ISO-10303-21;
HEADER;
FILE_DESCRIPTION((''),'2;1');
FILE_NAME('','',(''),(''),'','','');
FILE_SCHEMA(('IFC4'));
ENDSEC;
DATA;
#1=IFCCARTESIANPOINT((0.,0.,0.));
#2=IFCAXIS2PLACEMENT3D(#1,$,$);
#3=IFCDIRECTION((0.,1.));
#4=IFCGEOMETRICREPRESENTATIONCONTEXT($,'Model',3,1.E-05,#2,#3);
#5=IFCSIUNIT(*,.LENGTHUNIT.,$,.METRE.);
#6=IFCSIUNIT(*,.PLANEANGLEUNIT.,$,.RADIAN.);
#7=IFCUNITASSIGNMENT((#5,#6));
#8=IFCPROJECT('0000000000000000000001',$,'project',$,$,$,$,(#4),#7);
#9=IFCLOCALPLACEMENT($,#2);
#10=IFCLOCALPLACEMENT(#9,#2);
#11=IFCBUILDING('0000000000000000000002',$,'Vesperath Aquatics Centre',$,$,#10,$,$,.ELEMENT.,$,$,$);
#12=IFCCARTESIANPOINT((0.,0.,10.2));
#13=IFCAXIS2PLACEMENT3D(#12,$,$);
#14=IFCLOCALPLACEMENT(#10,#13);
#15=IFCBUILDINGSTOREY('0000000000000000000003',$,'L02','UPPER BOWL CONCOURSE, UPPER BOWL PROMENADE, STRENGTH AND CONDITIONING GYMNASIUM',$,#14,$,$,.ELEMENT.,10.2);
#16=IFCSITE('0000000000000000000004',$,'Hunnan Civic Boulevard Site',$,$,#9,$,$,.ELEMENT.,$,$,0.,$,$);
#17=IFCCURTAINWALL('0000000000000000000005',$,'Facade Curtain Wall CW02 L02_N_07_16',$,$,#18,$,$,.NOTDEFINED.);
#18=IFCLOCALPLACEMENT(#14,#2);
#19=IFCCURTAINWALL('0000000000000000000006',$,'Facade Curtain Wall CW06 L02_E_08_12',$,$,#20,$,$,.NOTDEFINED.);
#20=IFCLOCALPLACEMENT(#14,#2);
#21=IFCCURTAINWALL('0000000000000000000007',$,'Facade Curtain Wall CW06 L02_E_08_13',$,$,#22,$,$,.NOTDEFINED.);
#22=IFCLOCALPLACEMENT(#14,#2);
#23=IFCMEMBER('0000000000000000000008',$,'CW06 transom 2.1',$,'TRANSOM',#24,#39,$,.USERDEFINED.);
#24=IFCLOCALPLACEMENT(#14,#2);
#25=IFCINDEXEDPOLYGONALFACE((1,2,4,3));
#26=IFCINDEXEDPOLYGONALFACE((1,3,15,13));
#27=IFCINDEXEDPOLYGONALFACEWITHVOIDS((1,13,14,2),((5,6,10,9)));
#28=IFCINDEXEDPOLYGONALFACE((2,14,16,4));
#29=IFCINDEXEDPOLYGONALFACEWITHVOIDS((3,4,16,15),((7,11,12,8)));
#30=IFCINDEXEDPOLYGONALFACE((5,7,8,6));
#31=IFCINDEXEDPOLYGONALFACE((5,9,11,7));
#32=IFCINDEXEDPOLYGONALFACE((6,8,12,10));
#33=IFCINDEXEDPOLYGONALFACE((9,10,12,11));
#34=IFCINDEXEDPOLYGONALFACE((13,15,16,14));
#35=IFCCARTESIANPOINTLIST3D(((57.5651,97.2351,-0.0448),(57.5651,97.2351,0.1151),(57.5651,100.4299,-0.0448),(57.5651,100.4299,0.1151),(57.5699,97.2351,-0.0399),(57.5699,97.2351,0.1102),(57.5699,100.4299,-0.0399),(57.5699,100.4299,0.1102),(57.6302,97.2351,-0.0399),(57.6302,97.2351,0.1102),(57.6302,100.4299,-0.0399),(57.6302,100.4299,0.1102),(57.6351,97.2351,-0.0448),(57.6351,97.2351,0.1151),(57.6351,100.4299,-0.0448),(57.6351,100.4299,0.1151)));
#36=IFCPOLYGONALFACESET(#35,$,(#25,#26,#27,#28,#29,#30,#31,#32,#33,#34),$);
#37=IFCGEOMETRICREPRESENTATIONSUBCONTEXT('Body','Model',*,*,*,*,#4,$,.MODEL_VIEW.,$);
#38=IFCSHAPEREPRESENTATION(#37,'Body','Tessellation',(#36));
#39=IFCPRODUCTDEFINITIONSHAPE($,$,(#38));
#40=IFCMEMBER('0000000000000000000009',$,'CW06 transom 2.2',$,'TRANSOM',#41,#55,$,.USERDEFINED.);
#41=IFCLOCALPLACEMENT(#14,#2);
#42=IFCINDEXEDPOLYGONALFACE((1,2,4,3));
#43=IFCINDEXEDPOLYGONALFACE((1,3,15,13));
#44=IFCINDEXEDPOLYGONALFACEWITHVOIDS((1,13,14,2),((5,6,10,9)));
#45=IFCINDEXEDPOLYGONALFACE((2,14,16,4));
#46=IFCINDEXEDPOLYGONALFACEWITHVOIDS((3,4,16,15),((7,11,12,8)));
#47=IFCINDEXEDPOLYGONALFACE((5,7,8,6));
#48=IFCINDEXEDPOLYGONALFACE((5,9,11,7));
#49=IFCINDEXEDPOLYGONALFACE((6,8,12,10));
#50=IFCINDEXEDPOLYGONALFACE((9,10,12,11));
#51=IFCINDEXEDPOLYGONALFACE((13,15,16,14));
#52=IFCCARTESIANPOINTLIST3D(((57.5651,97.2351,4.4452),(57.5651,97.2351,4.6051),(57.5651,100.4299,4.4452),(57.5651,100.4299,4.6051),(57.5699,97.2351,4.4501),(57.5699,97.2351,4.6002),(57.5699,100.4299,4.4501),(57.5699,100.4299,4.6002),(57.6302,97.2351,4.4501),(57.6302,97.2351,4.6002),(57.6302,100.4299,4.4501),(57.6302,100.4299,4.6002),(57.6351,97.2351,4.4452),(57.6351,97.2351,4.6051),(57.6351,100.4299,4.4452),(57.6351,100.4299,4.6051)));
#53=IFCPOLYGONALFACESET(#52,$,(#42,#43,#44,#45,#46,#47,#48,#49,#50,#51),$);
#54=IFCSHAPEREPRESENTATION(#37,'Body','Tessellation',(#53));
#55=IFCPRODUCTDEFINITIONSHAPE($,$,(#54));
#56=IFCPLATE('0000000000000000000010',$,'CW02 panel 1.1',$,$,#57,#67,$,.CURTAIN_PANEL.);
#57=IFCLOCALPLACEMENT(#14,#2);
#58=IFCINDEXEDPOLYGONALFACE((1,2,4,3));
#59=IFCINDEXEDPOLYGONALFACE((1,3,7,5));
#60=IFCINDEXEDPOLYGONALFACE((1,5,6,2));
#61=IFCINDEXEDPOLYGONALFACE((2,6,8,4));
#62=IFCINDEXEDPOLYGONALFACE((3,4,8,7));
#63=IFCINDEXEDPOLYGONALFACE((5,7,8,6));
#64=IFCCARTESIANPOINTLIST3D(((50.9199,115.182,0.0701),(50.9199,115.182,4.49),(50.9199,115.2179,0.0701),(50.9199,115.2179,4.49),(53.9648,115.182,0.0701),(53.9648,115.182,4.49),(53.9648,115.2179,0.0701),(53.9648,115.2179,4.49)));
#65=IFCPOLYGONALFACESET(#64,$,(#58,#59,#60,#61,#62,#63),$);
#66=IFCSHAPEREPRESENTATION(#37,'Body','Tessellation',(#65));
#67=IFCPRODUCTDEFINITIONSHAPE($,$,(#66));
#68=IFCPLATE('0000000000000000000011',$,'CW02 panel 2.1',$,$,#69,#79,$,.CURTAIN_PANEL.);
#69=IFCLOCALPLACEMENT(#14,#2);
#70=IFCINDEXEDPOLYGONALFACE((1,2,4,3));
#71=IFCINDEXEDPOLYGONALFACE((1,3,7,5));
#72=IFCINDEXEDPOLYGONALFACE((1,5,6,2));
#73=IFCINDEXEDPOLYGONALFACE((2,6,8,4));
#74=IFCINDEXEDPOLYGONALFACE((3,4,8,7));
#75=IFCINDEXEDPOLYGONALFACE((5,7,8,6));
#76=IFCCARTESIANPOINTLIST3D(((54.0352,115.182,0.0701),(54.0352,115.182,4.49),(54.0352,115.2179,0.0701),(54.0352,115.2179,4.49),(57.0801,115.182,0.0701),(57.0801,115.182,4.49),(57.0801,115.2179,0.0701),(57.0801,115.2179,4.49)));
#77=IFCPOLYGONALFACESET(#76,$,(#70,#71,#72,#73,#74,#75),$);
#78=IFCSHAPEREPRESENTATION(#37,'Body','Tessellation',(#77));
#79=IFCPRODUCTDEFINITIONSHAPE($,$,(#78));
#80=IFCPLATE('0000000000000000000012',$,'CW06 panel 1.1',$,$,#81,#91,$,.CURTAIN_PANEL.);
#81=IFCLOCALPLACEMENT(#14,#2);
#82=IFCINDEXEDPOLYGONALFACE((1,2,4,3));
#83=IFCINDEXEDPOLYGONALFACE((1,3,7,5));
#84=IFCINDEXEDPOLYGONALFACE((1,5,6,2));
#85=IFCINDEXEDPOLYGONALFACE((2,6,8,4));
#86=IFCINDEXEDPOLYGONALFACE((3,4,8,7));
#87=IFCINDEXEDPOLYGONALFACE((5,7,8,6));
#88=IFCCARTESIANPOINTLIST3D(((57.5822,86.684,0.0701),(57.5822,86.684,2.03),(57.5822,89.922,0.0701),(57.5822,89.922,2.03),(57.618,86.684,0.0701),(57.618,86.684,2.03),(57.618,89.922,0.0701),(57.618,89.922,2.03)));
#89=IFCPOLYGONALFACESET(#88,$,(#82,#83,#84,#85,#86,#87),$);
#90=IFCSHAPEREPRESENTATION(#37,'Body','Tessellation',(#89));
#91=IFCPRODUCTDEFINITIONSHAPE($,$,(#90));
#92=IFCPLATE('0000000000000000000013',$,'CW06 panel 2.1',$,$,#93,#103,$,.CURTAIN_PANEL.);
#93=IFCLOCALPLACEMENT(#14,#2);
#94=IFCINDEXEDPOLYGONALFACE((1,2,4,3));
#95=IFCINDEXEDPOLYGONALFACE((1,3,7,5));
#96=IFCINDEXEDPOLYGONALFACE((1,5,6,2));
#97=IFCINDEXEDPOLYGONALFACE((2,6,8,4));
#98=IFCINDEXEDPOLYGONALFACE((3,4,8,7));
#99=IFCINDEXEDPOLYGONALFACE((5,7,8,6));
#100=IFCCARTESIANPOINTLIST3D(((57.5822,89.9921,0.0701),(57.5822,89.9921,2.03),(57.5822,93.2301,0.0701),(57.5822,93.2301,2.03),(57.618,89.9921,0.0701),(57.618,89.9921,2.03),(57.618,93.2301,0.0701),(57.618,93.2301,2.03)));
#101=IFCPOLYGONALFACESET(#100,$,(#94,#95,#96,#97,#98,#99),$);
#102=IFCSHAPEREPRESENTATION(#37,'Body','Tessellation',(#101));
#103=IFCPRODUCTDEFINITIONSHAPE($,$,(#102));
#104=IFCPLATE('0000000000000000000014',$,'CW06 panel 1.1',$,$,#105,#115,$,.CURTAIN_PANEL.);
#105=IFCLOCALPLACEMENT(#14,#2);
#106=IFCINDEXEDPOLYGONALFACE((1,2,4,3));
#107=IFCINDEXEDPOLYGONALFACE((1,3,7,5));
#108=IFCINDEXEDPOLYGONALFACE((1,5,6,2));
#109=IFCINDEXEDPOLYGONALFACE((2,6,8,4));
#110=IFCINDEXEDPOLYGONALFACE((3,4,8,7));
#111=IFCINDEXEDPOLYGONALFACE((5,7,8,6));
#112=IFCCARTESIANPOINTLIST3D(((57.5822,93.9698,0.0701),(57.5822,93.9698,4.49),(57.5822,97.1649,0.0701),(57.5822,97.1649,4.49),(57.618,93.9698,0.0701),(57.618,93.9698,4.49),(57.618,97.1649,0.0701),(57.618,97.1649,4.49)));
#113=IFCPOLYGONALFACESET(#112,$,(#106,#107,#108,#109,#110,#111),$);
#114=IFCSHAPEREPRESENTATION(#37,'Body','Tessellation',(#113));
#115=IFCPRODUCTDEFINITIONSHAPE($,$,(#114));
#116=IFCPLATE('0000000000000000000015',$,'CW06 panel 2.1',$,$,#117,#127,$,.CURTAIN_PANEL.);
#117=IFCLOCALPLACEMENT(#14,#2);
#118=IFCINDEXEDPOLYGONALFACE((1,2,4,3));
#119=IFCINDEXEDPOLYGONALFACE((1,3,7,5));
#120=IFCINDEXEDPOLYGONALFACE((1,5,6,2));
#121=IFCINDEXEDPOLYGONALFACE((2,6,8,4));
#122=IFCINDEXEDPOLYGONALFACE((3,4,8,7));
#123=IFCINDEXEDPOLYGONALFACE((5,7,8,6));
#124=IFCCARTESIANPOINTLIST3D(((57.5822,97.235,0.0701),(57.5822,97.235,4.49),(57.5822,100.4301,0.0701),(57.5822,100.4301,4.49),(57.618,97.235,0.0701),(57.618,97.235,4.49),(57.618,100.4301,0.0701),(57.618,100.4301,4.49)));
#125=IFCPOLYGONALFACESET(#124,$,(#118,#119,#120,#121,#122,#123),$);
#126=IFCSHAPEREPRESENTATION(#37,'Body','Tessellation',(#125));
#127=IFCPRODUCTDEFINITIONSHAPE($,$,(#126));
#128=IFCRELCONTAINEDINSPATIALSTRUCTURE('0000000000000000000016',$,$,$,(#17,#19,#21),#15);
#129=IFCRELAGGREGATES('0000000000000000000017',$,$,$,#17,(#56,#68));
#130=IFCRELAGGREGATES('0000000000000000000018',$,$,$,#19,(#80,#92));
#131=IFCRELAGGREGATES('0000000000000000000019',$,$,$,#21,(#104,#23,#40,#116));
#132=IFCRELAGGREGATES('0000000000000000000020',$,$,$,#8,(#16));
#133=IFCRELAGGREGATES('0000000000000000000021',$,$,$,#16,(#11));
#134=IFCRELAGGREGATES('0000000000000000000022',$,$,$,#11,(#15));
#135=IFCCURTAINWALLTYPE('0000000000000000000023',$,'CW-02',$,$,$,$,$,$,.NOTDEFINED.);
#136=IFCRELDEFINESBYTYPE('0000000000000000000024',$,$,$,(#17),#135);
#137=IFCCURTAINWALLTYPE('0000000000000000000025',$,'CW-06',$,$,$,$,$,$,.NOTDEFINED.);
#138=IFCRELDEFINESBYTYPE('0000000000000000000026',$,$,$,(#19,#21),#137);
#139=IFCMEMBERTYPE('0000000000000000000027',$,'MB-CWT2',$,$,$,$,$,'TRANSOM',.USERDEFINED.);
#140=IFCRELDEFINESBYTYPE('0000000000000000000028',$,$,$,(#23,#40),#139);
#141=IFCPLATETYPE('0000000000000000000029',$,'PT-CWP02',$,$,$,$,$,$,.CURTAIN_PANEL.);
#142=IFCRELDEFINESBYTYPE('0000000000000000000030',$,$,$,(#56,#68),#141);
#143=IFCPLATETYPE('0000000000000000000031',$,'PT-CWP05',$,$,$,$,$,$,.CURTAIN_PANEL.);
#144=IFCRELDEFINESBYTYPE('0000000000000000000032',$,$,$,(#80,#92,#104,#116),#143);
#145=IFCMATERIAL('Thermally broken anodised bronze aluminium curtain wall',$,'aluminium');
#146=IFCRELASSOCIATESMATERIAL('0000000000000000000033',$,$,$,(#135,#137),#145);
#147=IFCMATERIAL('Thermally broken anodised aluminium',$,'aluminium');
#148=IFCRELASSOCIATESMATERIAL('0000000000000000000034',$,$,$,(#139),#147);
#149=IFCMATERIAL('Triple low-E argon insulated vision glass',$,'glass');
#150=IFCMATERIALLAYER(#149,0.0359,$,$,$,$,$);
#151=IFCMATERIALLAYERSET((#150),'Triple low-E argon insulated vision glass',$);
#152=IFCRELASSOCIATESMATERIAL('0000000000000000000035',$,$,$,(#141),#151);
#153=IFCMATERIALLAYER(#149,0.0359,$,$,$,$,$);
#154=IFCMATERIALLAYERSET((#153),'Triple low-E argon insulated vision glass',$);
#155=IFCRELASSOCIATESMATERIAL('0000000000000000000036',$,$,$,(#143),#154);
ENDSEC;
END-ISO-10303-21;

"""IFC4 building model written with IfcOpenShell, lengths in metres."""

from ifc_helpers import new_model, si_unit, direction, frame, origin, origin_2d, place, context, subcontext, project, spatial, rectangle, hollow_rectangle, extrude, material, layer, layer_set, material_profile, profile_set, type_object, element, aggregate, save


model = new_model("IFC4")

# Units and contexts
model_context = context("Model", 3, precision=1e-05, world=origin(), true_north=direction((0.0, 1.0)))
body_context = subcontext(model_context, "Body", "Model", "MODEL_VIEW")
ifc_project = project(units=[si_unit("LENGTHUNIT", "METRE"), si_unit("PLANEANGLEUNIT", "RADIAN")], contexts=[model_context])

# Site, building, storey
site_placement = place(None, origin())
site = spatial("IfcSite", under=ifc_project, at=site_placement, Name="Hunnan Civic Boulevard Site", CompositionType="ELEMENT", RefElevation=0.0)
building_placement = place(site_placement, origin())
building = spatial("IfcBuilding", under=site, at=building_placement, Name="Vesperath Aquatics Centre", CompositionType="ELEMENT")
storey_placement = place(building_placement, frame((0.0, 0.0, 10.2)))
storey = spatial("IfcBuildingStorey", under=building, at=storey_placement, Name="L02", Description="UPPER BOWL CONCOURSE, UPPER BOWL PROMENADE, STRENGTH AND CONDITIONING GYMNASIUM", CompositionType="ELEMENT", Elevation=10.2)

# Shared definitions
ifc_material_1 = material(Name="Thermally broken anodised bronze aluminium curtain wall", Category="aluminium")
curtain_wall_type_1 = type_object("IfcCurtainWallType", Name="CW-02", PredefinedType="NOTDEFINED", material=ifc_material_1)
ifc_material_2 = material(Name="Thermally broken anodised aluminium", Category="aluminium")

# Curtain walls
curtain_wall_1_placement = place(storey_placement, origin())
curtain_wall_1 = element("IfcCurtainWall", 1, at=curtain_wall_1_placement, inside=storey, type_object=curtain_wall_type_1, Name="Facade Curtain Wall CW02 L02_N_07_16", PredefinedType="NOTDEFINED")
curtain_wall_type_2 = type_object("IfcCurtainWallType", Name="CW-06", PredefinedType="NOTDEFINED", material=ifc_material_1)
curtain_wall_2_placement = place(storey_placement, origin())
curtain_wall_2 = element("IfcCurtainWall", 2, at=curtain_wall_2_placement, inside=storey, type_object=curtain_wall_type_2, Name="Facade Curtain Wall CW06 L02_E_08_12", PredefinedType="NOTDEFINED")
curtain_wall_3_placement = place(storey_placement, origin())
curtain_wall_3 = element("IfcCurtainWall", 3, at=curtain_wall_3_placement, inside=storey, type_object=curtain_wall_type_2, Name="Facade Curtain Wall CW06 L02_E_08_13", PredefinedType="NOTDEFINED")

# Members
ifc_material_profile_1 = material_profile(ifc_material_2, hollow_rectangle(XDim=0.0701, YDim=0.1599, WallThickness=0.0049, at=origin_2d()), Name="CWT 70x160x5")
ifc_profile_set_1 = profile_set([ifc_material_profile_1], Name="Thermally broken anodised aluminium")
member_type_1 = type_object("IfcMemberType", Name="MB-CWT2", ElementType="TRANSOM", PredefinedType="USERDEFINED", material=ifc_profile_set_1)
member_1_placement = place(storey_placement, frame((57.6001, 97.2351, 0.0352), z_axis=(0.0, 1.0, 0.0), x_axis=(-1.0, 0.0, 0.0)))
member_1 = element("IfcMember", 4, at=member_1_placement, type_object=member_type_1, Name="CW06 transom 2.1", ObjectType="TRANSOM", PredefinedType="USERDEFINED", context=body_context, shape_type="SweptSolid", body=[
    extrude(hollow_rectangle(XDim=0.0701, YDim=0.1599, WallThickness=0.0049, at=origin_2d()), origin(), (0.0, 0.0, 1.0), 3.1948),
])
member_2_placement = place(storey_placement, frame((57.6001, 97.2351, 4.5251), z_axis=(0.0, 1.0, 0.0), x_axis=(-1.0, 0.0, 0.0)))
member_2 = element("IfcMember", 5, at=member_2_placement, type_object=member_type_1, Name="CW06 transom 2.2", ObjectType="TRANSOM", PredefinedType="USERDEFINED", context=body_context, shape_type="SweptSolid", body=[
    extrude(hollow_rectangle(XDim=0.0701, YDim=0.1599, WallThickness=0.0049, at=origin_2d()), origin(), (0.0, 0.0, 1.0), 3.1948),
])

# Plates
ifc_material_3 = material(Name="Triple low-E argon insulated vision glass", Category="glass")
ifc_layer_1 = layer(ifc_material_3, 0.0359)
ifc_layer_set_1 = layer_set([ifc_layer_1], Name="Triple low-E argon insulated vision glass")
plate_type_1 = type_object("IfcPlateType", Name="PT-CWP02", PredefinedType="CURTAIN_PANEL", material=ifc_layer_set_1)
plate_1_placement = place(storey_placement, frame((52.4424, 115.2, 0.0701), z_axis=(0.0, 0.0, 1.0), x_axis=(1.0, 0.0, 0.0)))
plate_1 = element("IfcPlate", 6, at=plate_1_placement, type_object=plate_type_1, Name="CW02 panel 1.1", PredefinedType="CURTAIN_PANEL", context=body_context, shape_type="SweptSolid", body=[
    extrude(rectangle(XDim=3.0449, YDim=0.0359, at=origin_2d()), origin(), (0.0, 0.0, 1.0), 4.4199),
])
plate_2_placement = place(storey_placement, frame((55.5576, 115.2, 0.0701), z_axis=(0.0, 0.0, 1.0), x_axis=(1.0, 0.0, 0.0)))
plate_2 = element("IfcPlate", 7, at=plate_2_placement, type_object=plate_type_1, Name="CW02 panel 2.1", PredefinedType="CURTAIN_PANEL", context=body_context, shape_type="SweptSolid", body=[
    extrude(rectangle(XDim=3.0449, YDim=0.0359, at=origin_2d()), origin(), (0.0, 0.0, 1.0), 4.4199),
])
aggregate(curtain_wall_1, [plate_1, plate_2])
ifc_layer_2 = layer(ifc_material_3, 0.0359)
ifc_layer_set_2 = layer_set([ifc_layer_2], Name="Triple low-E argon insulated vision glass")
plate_type_2 = type_object("IfcPlateType", Name="PT-CWP05", PredefinedType="CURTAIN_PANEL", material=ifc_layer_set_2)
plate_3_placement = place(storey_placement, frame((57.6001, 88.303, 0.0701), z_axis=(0.0, 0.0, 1.0), x_axis=(0.0, 1.0, 0.0)))
plate_3 = element("IfcPlate", 8, at=plate_3_placement, type_object=plate_type_2, Name="CW06 panel 1.1", PredefinedType="CURTAIN_PANEL", context=body_context, shape_type="SweptSolid", body=[
    extrude(rectangle(XDim=3.238, YDim=0.0359, at=origin_2d()), origin(), (0.0, 0.0, 1.0), 1.96),
])
plate_4_placement = place(storey_placement, frame((57.6001, 91.6111, 0.0701), z_axis=(0.0, 0.0, 1.0), x_axis=(0.0, 1.0, 0.0)))
plate_4 = element("IfcPlate", 9, at=plate_4_placement, type_object=plate_type_2, Name="CW06 panel 2.1", PredefinedType="CURTAIN_PANEL", context=body_context, shape_type="SweptSolid", body=[
    extrude(rectangle(XDim=3.238, YDim=0.0359, at=origin_2d()), origin(), (0.0, 0.0, 1.0), 1.96),
])
aggregate(curtain_wall_2, [plate_3, plate_4])
plate_5_placement = place(storey_placement, frame((57.6001, 95.5674, 0.0701), z_axis=(0.0, 0.0, 1.0), x_axis=(0.0, 1.0, 0.0)))
plate_5 = element("IfcPlate", 10, at=plate_5_placement, type_object=plate_type_2, Name="CW06 panel 1.1", PredefinedType="CURTAIN_PANEL", context=body_context, shape_type="SweptSolid", body=[
    extrude(rectangle(XDim=3.1951, YDim=0.0359, at=origin_2d()), origin(), (0.0, 0.0, 1.0), 4.4199),
])
plate_6_placement = place(storey_placement, frame((57.6001, 98.8325, 0.0701), z_axis=(0.0, 0.0, 1.0), x_axis=(0.0, 1.0, 0.0)))
plate_6 = element("IfcPlate", 11, at=plate_6_placement, type_object=plate_type_2, Name="CW06 panel 2.1", PredefinedType="CURTAIN_PANEL", context=body_context, shape_type="SweptSolid", body=[
    extrude(rectangle(XDim=3.1951, YDim=0.0359, at=origin_2d()), origin(), (0.0, 0.0, 1.0), 4.4199),
])
aggregate(curtain_wall_3, [plate_5, member_1, member_2, plate_6])

save(model, "model.ifc")
